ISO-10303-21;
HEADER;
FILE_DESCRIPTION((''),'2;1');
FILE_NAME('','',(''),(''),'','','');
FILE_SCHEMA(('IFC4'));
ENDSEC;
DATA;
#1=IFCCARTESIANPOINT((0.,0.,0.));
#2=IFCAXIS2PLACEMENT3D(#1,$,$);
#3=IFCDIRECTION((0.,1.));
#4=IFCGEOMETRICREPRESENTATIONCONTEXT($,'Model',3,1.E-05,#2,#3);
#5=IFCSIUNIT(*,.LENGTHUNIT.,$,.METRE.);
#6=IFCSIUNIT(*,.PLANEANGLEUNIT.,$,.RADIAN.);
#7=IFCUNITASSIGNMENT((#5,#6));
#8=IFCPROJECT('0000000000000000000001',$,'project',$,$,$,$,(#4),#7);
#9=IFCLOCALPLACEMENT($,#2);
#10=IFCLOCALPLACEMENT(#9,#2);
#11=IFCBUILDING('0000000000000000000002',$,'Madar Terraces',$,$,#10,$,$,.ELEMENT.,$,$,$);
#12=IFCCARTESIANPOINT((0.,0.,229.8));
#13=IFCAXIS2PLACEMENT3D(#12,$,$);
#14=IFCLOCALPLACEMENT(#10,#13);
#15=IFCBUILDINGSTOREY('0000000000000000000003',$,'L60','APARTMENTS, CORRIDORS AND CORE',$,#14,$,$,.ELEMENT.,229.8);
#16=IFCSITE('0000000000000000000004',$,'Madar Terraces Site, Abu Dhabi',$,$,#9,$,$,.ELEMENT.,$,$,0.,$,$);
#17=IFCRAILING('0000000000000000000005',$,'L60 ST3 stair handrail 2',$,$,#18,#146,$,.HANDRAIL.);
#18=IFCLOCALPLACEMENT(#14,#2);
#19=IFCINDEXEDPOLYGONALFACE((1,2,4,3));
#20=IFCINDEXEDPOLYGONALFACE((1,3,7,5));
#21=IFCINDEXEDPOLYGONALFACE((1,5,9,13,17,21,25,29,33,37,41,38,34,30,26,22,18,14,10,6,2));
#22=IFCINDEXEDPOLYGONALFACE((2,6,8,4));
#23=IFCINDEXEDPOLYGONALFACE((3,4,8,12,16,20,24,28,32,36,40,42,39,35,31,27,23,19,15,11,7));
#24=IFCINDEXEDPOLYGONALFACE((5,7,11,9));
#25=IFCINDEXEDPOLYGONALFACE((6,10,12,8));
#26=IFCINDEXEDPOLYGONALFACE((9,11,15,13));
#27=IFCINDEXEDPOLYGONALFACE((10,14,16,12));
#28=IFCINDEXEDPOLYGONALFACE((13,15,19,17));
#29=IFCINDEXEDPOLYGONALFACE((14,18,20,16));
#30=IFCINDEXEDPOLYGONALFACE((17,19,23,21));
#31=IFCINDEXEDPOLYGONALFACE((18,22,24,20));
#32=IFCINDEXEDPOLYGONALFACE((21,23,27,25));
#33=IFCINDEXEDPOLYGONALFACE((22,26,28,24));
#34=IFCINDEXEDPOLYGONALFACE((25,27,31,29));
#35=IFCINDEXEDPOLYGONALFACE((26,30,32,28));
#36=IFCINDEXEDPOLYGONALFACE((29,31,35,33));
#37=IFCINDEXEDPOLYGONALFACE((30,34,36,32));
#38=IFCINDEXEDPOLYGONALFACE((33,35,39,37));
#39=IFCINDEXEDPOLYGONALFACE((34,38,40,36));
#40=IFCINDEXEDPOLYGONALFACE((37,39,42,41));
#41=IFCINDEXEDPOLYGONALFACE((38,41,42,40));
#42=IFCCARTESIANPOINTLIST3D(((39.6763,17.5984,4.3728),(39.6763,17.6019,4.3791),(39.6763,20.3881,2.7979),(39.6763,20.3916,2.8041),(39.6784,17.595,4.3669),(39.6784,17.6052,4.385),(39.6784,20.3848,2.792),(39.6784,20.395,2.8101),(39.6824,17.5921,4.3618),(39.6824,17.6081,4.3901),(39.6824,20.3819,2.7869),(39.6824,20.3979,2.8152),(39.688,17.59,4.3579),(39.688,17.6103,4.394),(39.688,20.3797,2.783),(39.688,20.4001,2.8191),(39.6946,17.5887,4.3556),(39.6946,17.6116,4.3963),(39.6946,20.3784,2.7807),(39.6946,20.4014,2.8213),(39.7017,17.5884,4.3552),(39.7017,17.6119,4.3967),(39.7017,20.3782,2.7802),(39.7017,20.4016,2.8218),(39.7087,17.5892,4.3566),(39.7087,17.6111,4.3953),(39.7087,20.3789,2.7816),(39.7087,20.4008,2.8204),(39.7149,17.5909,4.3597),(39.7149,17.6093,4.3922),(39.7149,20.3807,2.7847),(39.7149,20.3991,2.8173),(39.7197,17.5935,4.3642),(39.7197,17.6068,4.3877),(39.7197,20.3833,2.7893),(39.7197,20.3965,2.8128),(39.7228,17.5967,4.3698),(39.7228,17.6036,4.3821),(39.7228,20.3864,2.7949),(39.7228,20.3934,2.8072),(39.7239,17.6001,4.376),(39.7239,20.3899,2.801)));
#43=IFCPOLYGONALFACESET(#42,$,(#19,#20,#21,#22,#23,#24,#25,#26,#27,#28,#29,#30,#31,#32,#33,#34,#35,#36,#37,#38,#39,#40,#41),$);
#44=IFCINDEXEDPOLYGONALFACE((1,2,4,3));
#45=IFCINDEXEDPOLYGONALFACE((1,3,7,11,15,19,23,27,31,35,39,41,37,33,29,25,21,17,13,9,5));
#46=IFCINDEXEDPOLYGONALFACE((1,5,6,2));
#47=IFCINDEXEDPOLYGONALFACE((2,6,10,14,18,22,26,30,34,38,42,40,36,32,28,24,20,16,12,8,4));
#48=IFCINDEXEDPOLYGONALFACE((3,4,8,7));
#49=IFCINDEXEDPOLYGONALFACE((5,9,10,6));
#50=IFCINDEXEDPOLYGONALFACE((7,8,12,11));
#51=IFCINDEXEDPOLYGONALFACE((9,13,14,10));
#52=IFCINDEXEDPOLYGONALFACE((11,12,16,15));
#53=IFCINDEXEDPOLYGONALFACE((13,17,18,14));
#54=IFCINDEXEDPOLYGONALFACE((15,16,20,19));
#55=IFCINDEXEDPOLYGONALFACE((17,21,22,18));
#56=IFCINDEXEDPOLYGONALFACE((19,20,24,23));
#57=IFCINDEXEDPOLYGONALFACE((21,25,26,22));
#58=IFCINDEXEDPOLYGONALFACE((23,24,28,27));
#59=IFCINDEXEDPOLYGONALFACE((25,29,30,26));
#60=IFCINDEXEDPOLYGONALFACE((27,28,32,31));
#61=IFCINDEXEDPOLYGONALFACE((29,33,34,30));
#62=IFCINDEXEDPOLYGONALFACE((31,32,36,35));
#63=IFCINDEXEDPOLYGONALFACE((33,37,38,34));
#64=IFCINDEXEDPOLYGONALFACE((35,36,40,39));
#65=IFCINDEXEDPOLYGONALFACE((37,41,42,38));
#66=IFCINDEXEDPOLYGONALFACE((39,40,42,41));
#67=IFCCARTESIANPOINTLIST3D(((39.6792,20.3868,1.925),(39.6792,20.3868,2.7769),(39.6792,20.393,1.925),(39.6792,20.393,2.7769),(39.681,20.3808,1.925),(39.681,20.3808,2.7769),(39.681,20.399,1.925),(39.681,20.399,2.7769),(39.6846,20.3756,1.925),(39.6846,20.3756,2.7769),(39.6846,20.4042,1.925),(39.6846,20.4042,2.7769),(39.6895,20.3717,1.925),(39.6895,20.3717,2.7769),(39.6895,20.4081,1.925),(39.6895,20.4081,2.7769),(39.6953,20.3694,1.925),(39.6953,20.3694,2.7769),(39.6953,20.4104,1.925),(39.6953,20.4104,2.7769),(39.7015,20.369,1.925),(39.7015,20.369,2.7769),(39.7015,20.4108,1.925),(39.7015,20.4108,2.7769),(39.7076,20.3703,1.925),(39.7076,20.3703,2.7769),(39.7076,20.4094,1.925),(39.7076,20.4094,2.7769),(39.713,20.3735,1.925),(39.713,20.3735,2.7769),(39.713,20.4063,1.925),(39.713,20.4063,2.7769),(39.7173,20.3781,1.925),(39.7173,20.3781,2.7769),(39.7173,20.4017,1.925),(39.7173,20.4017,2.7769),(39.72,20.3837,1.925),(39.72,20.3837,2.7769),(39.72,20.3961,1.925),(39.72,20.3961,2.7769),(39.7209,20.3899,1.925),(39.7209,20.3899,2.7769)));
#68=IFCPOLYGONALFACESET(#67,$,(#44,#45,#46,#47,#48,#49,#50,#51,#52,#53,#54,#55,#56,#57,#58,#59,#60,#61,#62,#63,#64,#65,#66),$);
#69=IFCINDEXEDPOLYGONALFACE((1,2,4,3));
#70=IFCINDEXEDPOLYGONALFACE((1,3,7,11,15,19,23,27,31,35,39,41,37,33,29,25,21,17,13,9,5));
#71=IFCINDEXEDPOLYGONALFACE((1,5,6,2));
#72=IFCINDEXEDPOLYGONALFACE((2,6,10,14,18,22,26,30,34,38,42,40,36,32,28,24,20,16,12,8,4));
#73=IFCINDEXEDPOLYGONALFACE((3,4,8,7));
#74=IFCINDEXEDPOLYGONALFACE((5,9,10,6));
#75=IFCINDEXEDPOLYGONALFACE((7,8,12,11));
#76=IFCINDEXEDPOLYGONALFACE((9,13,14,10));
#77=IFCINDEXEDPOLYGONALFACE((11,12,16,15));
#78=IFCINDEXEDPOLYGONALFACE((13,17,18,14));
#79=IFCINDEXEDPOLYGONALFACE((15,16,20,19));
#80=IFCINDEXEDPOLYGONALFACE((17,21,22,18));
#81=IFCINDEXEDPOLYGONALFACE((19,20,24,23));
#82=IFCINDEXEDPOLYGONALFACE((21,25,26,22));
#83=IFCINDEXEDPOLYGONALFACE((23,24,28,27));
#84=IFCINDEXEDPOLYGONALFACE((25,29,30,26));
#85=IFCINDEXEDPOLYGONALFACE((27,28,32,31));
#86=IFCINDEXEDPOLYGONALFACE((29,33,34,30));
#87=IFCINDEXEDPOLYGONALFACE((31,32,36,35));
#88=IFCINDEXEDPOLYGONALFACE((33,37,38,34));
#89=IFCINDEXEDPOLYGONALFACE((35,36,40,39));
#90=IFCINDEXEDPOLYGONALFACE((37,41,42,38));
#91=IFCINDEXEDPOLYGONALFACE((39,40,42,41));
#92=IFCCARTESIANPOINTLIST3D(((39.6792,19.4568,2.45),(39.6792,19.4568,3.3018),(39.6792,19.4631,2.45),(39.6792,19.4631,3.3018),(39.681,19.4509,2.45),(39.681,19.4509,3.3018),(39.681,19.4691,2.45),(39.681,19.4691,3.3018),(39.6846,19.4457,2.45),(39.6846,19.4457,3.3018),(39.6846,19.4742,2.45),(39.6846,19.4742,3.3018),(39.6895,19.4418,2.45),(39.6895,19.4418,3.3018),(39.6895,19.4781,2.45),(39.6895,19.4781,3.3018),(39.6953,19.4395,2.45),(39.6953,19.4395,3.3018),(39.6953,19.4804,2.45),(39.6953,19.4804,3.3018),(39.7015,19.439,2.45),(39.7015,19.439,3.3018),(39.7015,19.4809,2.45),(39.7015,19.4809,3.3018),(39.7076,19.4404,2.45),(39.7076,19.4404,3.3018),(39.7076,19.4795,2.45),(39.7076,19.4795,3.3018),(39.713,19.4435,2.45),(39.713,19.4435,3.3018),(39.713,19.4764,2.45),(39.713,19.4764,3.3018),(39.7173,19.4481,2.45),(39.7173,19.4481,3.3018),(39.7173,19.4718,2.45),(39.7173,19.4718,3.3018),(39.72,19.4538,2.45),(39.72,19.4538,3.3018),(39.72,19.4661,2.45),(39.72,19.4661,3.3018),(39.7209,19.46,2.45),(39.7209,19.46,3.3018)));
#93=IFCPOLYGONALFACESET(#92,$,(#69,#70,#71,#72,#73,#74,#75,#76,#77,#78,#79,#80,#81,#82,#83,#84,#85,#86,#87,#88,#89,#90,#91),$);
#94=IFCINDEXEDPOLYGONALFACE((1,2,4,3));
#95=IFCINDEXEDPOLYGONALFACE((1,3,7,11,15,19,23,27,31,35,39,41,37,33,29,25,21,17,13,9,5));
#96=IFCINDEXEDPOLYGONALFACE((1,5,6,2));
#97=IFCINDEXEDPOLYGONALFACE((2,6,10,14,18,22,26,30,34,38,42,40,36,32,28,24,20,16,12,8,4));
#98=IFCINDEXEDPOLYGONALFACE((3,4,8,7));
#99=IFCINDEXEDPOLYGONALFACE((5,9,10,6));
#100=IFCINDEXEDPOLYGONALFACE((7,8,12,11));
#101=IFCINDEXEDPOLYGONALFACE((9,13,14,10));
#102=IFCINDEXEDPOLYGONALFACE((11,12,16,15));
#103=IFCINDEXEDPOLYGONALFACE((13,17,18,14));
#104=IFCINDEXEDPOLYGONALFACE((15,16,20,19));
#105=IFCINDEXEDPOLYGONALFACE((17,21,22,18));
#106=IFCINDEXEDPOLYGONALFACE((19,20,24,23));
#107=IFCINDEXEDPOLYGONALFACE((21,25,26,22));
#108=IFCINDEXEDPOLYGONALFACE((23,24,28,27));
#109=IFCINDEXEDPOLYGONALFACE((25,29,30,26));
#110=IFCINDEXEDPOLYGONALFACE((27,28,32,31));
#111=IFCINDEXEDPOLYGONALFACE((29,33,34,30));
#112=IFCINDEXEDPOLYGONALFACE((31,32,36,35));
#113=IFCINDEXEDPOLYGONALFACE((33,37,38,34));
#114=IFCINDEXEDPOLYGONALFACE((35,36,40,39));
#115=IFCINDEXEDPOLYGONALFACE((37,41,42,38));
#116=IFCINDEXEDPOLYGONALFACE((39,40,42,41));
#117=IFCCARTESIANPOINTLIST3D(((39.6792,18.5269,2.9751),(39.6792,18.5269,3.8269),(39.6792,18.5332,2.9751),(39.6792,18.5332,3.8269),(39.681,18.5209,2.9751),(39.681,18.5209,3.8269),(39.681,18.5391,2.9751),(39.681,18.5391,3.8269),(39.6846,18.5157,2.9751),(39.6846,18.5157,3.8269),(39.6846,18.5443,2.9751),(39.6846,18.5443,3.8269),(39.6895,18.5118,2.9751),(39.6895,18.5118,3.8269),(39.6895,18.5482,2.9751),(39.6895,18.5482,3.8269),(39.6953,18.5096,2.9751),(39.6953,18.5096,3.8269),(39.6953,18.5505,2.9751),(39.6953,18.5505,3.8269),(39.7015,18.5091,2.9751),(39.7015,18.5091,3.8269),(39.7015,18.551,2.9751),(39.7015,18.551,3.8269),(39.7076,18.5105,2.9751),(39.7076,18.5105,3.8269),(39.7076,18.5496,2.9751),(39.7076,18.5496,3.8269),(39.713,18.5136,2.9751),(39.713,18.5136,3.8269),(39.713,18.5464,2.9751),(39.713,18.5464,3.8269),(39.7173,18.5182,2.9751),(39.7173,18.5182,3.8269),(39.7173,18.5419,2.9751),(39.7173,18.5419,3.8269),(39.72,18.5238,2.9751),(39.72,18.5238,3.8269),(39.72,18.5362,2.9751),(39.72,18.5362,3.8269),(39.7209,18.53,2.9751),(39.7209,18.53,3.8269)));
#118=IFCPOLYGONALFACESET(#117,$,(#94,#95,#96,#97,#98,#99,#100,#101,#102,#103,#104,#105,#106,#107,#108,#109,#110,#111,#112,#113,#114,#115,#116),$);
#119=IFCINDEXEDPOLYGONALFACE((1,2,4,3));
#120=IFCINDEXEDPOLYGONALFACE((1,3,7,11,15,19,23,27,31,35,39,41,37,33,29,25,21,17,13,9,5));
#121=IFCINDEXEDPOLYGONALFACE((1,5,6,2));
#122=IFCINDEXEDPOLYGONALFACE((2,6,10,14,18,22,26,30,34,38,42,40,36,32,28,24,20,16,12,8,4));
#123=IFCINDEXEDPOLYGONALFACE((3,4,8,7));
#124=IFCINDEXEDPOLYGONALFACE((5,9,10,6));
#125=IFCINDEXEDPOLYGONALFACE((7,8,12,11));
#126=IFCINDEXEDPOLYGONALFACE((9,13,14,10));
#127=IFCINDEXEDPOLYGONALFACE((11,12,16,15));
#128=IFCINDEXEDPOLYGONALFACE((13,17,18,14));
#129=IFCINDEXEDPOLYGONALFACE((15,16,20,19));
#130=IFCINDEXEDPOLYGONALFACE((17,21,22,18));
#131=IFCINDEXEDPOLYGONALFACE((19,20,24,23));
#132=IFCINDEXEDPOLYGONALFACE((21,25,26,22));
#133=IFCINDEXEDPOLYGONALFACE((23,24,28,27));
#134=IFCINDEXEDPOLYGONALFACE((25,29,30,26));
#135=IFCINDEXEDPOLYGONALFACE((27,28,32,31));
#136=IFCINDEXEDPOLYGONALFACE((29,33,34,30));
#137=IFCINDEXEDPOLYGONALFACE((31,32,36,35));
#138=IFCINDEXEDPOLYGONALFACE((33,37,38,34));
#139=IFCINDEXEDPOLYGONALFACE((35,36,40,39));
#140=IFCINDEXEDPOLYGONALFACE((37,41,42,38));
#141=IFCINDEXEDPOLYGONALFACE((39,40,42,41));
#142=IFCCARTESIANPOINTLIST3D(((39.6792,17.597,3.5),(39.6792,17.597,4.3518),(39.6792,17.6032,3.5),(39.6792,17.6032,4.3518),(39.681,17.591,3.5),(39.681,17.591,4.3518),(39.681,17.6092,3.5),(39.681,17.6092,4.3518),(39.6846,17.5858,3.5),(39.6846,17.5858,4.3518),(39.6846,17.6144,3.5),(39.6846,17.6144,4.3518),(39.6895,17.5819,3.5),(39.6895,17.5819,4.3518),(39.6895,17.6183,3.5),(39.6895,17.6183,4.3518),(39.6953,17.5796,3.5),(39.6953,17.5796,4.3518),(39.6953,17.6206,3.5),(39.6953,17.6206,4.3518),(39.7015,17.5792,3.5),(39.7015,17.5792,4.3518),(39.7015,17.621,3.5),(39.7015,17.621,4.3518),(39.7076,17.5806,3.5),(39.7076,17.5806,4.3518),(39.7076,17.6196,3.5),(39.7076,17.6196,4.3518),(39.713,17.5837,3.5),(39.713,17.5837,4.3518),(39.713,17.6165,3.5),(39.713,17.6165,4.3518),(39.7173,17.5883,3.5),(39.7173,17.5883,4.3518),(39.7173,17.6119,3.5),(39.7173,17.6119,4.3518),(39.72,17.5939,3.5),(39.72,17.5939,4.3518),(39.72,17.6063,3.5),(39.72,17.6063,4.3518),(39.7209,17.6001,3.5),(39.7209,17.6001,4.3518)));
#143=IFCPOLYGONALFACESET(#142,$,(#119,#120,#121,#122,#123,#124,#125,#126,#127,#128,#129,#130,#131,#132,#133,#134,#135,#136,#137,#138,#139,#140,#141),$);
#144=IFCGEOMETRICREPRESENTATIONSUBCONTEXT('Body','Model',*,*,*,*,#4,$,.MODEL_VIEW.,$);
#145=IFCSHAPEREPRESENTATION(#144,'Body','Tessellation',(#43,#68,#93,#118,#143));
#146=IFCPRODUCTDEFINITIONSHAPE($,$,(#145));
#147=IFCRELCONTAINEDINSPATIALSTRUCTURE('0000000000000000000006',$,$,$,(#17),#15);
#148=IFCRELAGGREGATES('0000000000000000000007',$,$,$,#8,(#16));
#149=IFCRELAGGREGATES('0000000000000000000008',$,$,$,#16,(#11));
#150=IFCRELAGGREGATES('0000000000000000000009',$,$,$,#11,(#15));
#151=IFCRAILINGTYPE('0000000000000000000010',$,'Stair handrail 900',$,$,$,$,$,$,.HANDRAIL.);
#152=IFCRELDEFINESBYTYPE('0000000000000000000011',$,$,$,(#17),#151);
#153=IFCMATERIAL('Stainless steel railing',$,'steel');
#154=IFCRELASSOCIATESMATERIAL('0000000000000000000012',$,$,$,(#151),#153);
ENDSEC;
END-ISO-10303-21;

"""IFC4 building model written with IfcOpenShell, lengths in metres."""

from ifc_helpers import new_model, si_unit, direction, frame, origin, origin_2d, place, context, subcontext, project, spatial, circle, extrude, material, type_object, element, save


model = new_model("IFC4")

# Units and contexts
model_context = context("Model", 3, precision=1e-05, world=origin(), true_north=direction((0.0, 1.0)))
body_context = subcontext(model_context, "Body", "Model", "MODEL_VIEW")
ifc_project = project(units=[si_unit("LENGTHUNIT", "METRE"), si_unit("PLANEANGLEUNIT", "RADIAN")], contexts=[model_context])

# Site, building, storey
site_placement = place(None, origin())
site = spatial("IfcSite", under=ifc_project, at=site_placement, Name="Madar Terraces Site, Abu Dhabi", CompositionType="ELEMENT", RefElevation=0.0)
building_placement = place(site_placement, origin())
building = spatial("IfcBuilding", under=site, at=building_placement, Name="Madar Terraces", CompositionType="ELEMENT")
storey_placement = place(building_placement, frame((0.0, 0.0, 229.8)))
storey = spatial("IfcBuildingStorey", under=building, at=storey_placement, Name="L60", Description="APARTMENTS, CORRIDORS AND CORE", CompositionType="ELEMENT", Elevation=229.8)

# Railing
ifc_material_1 = material(Name="Stainless steel railing", Category="steel")
railing_type_1 = type_object("IfcRailingType", Name="Stair handrail 900", PredefinedType="HANDRAIL", material=ifc_material_1)
railing_1_placement = place(storey_placement, frame((39.7, 20.3899, 1.925)))
element("IfcRailing", 1, at=railing_1_placement, inside=storey, type_object=railing_type_1, Name="L60 ST3 stair handrail 2", PredefinedType="HANDRAIL", context=body_context, shape_type="SweptSolid", body=[
    extrude(circle(Radius=0.0239, at=origin_2d()), frame((0.0, 0.0, 0.876), z_axis=(0.0, -0.870815, 0.49161), x_axis=(1.0, 0.0, 0.0)), (0.0, 0.0, 1.0), 3.2036),
    extrude(circle(Radius=0.021, at=origin_2d()), origin(), (0.0, 0.0, 1.0), 0.8518),
    extrude(circle(Radius=0.021, at=origin_2d()), frame((0.0, -0.9299, 0.5249)), (0.0, 0.0, 1.0), 0.8518),
    extrude(circle(Radius=0.021, at=origin_2d()), frame((0.0, -1.8599, 1.05)), (0.0, 0.0, 1.0), 0.8518),
    extrude(circle(Radius=0.021, at=origin_2d()), frame((0.0, -2.7898, 1.575)), (0.0, 0.0, 1.0), 0.8518),
])

save(model, "model.ifc")
